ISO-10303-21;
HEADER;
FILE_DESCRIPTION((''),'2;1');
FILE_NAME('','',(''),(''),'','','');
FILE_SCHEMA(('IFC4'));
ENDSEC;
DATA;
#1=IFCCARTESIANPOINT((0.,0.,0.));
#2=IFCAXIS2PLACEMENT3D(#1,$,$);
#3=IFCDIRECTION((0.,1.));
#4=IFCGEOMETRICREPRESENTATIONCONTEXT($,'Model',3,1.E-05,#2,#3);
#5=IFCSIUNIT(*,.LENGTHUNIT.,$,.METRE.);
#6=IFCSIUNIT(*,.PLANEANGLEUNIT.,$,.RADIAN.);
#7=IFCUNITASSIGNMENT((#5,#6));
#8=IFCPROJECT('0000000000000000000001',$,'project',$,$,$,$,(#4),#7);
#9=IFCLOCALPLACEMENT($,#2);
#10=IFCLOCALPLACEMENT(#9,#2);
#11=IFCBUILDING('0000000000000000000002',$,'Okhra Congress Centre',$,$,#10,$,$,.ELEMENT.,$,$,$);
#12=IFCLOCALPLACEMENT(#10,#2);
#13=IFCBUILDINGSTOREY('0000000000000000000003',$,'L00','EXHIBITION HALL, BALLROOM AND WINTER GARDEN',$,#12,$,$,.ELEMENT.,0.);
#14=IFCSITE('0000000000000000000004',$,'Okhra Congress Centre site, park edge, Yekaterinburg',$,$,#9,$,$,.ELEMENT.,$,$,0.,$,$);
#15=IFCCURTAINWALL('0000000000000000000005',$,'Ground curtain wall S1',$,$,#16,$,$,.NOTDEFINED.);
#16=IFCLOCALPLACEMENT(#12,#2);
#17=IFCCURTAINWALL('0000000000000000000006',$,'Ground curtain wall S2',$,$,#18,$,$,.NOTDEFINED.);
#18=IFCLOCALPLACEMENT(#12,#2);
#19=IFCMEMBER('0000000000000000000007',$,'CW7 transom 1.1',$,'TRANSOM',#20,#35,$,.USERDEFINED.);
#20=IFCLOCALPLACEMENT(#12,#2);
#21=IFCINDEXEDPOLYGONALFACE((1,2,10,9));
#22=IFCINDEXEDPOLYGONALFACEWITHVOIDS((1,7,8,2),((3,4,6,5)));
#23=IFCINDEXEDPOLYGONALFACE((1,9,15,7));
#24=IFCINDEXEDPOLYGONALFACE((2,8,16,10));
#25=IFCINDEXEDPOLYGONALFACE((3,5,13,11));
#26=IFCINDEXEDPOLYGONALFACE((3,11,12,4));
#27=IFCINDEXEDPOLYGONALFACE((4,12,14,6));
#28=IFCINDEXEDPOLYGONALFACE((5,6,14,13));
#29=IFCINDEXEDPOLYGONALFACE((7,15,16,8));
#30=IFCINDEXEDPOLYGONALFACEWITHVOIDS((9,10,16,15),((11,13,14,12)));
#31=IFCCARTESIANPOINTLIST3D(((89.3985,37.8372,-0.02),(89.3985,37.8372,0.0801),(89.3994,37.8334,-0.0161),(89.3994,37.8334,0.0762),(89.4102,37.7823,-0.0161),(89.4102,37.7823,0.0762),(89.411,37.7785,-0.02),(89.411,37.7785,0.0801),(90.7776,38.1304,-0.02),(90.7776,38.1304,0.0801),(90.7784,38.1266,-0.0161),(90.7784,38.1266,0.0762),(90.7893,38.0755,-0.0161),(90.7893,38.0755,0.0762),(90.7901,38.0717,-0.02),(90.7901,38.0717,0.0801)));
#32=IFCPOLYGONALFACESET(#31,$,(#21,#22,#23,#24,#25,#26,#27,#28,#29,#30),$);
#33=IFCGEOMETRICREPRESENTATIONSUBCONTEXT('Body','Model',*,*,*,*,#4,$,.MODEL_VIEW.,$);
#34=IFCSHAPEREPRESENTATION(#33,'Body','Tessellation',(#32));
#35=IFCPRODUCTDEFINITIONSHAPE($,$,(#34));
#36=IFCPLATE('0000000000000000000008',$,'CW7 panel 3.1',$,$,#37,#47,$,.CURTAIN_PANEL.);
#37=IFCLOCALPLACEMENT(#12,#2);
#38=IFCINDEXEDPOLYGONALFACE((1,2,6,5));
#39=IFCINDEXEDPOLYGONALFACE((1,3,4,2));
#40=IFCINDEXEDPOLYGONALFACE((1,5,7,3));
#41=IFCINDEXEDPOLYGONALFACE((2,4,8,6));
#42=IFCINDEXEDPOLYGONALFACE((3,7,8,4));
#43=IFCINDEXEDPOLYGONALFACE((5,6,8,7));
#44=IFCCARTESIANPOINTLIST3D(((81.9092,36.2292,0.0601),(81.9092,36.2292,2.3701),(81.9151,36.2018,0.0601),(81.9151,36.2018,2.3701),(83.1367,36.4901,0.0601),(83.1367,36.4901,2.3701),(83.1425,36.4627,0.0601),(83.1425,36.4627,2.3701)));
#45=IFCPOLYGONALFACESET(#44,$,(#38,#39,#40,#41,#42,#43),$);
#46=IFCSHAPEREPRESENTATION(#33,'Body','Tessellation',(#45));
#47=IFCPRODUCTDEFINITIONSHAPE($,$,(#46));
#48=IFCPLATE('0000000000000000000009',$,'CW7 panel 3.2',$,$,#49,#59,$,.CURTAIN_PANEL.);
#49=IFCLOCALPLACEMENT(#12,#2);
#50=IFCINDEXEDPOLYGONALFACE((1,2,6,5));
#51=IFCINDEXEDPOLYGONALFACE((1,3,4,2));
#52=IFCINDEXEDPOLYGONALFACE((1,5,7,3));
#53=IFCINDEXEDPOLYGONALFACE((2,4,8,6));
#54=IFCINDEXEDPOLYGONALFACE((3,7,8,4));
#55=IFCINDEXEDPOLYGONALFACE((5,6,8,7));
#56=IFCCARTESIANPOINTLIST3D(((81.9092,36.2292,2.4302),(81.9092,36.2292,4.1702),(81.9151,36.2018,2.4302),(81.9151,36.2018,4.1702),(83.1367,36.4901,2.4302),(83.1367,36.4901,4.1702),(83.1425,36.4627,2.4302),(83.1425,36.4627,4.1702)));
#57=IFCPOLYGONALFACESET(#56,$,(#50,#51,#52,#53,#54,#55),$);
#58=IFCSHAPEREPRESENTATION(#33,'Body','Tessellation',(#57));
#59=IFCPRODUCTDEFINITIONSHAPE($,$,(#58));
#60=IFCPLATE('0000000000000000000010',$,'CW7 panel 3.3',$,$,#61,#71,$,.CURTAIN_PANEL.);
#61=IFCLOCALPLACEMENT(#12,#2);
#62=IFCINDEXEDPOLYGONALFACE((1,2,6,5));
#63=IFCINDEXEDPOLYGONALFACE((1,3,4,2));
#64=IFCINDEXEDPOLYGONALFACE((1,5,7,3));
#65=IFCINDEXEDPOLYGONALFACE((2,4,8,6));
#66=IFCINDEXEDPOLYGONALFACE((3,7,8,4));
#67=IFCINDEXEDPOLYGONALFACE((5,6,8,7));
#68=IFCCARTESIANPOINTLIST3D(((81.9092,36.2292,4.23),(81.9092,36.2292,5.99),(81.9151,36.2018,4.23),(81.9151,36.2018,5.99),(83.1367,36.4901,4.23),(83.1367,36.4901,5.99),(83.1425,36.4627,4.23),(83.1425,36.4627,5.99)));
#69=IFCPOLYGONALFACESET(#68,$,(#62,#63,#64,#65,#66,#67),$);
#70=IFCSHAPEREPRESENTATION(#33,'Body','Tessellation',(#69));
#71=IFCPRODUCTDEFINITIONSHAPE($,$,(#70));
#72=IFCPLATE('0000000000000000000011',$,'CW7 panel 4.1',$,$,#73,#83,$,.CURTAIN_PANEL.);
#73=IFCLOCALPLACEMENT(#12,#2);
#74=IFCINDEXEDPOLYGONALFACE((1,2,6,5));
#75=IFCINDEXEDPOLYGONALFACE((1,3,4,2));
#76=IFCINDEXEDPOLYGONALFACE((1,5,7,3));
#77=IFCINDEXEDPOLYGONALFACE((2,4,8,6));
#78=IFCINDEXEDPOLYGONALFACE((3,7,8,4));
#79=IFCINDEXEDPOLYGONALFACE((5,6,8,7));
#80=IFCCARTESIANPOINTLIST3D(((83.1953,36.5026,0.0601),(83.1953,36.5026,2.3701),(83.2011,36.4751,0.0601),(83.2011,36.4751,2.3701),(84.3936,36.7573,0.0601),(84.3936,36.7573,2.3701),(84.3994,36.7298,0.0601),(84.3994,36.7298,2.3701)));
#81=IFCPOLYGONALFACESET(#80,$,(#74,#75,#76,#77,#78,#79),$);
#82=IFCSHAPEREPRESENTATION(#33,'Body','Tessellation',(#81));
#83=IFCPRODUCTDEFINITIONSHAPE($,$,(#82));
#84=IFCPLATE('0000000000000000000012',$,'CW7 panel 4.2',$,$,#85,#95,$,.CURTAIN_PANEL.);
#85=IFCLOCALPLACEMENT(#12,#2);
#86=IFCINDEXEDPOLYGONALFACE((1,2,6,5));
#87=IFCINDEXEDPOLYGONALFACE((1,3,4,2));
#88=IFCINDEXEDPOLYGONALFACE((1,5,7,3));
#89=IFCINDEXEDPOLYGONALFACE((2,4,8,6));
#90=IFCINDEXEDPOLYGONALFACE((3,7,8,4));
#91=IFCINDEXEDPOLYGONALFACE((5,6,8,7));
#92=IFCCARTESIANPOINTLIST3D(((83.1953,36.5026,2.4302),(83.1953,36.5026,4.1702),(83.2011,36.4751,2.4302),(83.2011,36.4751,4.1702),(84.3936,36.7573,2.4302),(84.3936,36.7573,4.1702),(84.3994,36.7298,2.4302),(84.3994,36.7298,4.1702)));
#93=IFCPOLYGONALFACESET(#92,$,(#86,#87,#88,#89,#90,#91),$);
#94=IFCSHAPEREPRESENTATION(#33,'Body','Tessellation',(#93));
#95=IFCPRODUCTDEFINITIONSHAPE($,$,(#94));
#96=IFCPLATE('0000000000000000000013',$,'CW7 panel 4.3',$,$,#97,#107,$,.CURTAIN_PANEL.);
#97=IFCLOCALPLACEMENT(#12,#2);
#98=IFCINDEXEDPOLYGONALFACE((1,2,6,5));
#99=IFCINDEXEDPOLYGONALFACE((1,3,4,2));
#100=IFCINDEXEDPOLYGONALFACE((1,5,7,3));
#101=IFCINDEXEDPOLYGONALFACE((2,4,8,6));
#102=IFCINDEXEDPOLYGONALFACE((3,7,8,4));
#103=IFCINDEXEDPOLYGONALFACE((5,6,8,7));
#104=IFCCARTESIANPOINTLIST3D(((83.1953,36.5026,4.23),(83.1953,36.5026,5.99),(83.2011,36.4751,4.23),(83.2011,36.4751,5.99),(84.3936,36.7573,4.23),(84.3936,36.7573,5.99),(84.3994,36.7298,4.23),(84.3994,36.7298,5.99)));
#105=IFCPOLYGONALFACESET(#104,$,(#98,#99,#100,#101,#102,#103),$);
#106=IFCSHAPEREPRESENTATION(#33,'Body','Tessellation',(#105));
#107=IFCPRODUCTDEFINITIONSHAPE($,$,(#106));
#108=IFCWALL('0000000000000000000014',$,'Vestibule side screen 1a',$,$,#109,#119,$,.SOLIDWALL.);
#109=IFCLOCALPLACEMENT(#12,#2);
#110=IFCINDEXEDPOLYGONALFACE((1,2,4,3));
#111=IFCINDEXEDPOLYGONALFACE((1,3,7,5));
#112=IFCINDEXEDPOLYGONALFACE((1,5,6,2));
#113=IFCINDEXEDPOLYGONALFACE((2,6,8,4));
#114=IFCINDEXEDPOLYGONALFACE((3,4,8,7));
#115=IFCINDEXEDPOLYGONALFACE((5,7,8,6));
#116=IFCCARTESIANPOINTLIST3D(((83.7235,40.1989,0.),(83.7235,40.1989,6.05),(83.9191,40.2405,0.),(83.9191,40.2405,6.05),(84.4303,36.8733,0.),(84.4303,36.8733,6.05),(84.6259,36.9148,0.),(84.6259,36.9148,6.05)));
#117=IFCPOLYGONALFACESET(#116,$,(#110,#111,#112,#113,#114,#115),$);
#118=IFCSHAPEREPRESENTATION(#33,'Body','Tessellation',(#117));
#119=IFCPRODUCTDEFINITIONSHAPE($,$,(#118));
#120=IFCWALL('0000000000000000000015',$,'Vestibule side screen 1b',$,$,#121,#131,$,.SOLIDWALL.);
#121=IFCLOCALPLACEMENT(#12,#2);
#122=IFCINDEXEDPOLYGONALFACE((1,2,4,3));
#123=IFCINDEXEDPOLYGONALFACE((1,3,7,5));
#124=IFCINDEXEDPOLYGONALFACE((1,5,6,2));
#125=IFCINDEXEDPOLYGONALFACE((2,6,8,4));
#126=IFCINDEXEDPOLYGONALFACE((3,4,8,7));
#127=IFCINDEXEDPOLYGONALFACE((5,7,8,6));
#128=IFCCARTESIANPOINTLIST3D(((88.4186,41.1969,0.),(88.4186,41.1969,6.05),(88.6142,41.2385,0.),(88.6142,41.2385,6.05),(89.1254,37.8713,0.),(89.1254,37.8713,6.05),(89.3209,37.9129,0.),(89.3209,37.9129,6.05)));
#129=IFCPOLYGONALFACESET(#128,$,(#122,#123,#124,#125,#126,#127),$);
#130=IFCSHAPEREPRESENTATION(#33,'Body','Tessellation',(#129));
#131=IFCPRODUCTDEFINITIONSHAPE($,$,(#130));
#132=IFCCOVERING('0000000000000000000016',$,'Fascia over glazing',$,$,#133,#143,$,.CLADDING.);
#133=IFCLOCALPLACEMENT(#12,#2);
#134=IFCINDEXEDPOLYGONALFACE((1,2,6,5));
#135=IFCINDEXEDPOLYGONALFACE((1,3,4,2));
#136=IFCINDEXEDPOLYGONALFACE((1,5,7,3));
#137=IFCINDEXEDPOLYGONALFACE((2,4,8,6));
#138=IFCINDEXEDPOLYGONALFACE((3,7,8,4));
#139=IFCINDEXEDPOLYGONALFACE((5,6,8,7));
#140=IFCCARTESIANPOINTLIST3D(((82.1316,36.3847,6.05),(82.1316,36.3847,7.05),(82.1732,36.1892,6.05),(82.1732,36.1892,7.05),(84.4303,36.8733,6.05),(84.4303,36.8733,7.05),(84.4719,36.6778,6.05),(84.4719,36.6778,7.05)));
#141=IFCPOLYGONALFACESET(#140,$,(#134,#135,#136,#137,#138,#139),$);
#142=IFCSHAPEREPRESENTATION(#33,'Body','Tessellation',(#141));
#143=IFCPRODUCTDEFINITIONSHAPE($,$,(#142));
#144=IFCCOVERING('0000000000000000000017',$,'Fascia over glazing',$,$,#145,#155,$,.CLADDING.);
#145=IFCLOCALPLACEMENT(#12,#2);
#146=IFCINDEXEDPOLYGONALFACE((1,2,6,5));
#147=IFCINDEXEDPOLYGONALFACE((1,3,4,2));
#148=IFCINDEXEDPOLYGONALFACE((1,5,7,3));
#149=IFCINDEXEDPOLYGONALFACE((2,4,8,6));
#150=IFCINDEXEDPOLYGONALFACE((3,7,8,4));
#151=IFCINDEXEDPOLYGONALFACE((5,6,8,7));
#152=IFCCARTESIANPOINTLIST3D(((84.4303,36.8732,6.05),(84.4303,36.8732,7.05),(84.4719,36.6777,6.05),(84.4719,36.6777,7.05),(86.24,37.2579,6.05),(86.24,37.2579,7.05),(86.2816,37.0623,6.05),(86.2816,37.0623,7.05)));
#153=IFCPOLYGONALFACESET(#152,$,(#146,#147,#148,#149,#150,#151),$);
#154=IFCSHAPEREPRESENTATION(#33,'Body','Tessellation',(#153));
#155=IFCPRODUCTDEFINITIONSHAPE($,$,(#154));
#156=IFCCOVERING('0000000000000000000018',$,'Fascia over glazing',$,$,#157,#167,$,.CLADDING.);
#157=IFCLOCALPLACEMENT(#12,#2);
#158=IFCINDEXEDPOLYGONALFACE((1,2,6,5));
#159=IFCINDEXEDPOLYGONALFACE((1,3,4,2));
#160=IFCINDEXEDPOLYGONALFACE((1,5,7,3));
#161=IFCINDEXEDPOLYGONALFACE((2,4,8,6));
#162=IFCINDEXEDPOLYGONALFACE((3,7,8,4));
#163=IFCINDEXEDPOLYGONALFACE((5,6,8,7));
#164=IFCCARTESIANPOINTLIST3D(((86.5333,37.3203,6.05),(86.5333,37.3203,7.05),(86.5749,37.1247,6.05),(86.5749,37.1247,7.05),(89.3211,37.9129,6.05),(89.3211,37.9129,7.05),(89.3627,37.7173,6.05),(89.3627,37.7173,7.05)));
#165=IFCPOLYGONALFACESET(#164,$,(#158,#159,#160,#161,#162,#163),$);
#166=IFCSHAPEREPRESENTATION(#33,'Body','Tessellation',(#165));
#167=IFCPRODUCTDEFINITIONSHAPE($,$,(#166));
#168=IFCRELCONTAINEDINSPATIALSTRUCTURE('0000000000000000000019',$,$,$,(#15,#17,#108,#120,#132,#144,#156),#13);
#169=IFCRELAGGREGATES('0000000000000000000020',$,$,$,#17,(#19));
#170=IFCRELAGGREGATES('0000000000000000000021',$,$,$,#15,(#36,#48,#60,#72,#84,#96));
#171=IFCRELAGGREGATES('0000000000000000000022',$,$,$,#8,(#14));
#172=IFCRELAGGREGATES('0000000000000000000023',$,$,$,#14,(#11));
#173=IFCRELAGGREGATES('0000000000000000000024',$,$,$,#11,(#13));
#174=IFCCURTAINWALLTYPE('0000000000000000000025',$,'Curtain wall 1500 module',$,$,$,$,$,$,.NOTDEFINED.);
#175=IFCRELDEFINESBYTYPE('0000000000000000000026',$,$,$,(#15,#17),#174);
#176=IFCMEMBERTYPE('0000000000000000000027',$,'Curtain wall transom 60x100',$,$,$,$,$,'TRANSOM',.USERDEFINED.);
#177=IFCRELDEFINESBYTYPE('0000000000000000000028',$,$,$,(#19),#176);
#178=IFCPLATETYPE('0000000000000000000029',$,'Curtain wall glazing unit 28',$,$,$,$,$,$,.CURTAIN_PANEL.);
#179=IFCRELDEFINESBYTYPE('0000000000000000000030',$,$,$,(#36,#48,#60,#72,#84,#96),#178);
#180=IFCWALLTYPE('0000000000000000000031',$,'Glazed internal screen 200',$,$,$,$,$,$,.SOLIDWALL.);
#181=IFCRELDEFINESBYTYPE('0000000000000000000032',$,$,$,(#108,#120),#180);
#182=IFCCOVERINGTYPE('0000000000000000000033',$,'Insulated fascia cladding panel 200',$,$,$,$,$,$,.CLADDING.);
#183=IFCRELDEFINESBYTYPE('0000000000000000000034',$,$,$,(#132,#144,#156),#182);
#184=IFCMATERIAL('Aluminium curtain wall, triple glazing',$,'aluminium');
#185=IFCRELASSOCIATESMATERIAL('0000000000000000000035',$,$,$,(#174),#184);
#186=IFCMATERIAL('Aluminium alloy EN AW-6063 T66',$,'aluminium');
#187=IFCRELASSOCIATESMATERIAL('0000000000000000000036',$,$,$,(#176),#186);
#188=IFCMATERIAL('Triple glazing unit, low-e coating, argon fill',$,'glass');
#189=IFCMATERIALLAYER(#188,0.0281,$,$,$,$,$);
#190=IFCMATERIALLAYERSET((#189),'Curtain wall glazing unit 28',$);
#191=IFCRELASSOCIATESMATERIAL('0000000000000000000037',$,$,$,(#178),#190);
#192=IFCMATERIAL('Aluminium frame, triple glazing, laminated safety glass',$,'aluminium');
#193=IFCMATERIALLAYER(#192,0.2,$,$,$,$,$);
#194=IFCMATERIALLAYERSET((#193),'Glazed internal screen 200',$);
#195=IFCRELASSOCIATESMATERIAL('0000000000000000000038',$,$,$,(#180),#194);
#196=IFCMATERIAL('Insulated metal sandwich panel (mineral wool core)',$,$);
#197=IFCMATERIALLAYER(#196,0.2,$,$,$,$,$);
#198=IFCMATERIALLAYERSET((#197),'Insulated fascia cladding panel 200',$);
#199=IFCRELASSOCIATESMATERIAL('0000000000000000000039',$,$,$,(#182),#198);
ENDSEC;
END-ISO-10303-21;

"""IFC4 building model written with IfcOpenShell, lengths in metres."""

from ifc_helpers import new_model, si_unit, direction, frame, frame_2d, origin, origin_2d, place, context, subcontext, project, spatial, rectangle, hollow_rectangle, extrude, material, layer, layer_set, material_profile, profile_set, type_object, element, aggregate, save


model = new_model("IFC4")

# Units and contexts
model_context = context("Model", 3, precision=1e-05, world=origin(), true_north=direction((0.0, 1.0)))
body_context = subcontext(model_context, "Body", "Model", "MODEL_VIEW")
ifc_project = project(units=[si_unit("LENGTHUNIT", "METRE"), si_unit("PLANEANGLEUNIT", "RADIAN")], contexts=[model_context])

# Site, building, storey
site_placement = place(None, origin())
site = spatial("IfcSite", under=ifc_project, at=site_placement, Name="Okhra Congress Centre site, park edge, Yekaterinburg", CompositionType="ELEMENT", RefElevation=0.0)
building_placement = place(site_placement, origin())
building = spatial("IfcBuilding", under=site, at=building_placement, Name="Okhra Congress Centre", CompositionType="ELEMENT")
storey_placement = place(building_placement, origin())
storey = spatial("IfcBuildingStorey", under=building, at=storey_placement, Name="L00", Description="EXHIBITION HALL, BALLROOM AND WINTER GARDEN", CompositionType="ELEMENT", Elevation=0.0)

# Curtain wall
ifc_material_1 = material(Name="Aluminium curtain wall, triple glazing", Category="aluminium")
curtain_wall_type = type_object("IfcCurtainWallType", Name="Curtain wall 1500 module", PredefinedType="NOTDEFINED", material=ifc_material_1)
curtain_wall_1_placement = place(storey_placement, origin())
curtain_wall_1 = element("IfcCurtainWall", 1, at=curtain_wall_1_placement, inside=storey, type_object=curtain_wall_type, Name="Ground curtain wall S1", PredefinedType="NOTDEFINED")
ifc_material_2 = material(Name="Aluminium alloy EN AW-6063 T66", Category="aluminium")

# Curtain wall
curtain_wall_2_placement = place(storey_placement, origin())
curtain_wall_2 = element("IfcCurtainWall", 2, at=curtain_wall_2_placement, inside=storey, type_object=curtain_wall_type, Name="Ground curtain wall S2", PredefinedType="NOTDEFINED")

# Member
ifc_material_profile_1 = material_profile(ifc_material_2, hollow_rectangle(XDim=0.0601, YDim=0.1001, WallThickness=0.0039, at=origin_2d()), Name="RHS 60x100x4")
ifc_profile_set_1 = profile_set([ifc_material_profile_1], Name="Aluminium alloy EN AW-6063 T66")
member_type_1 = type_object("IfcMemberType", Name="Curtain wall transom 60x100", ElementType="TRANSOM", PredefinedType="USERDEFINED", material=ifc_profile_set_1)
member_1_placement = place(storey_placement, frame((89.4048, 37.8079, 0.03), z_axis=(0.978138, 0.207956, 0.0), x_axis=(-0.207956, 0.978138, 0.0)))
member_1 = element("IfcMember", 3, at=member_1_placement, type_object=member_type_1, Name="CW7 transom 1.1", ObjectType="TRANSOM", PredefinedType="USERDEFINED", context=body_context, shape_type="SweptSolid", body=[
    extrude(hollow_rectangle(XDim=0.0601, YDim=0.1001, WallThickness=0.0039, at=origin_2d()), origin(), (0.0, 0.0, 1.0), 1.4099),
])
aggregate(curtain_wall_2, [member_1])

# Plates
ifc_material_3 = material(Name="Triple glazing unit, low-e coating, argon fill", Category="glass")
ifc_layer_1 = layer(ifc_material_3, 0.0281)
ifc_layer_set_1 = layer_set([ifc_layer_1], Name="Curtain wall glazing unit 28")
plate_type = type_object("IfcPlateType", Name="Curtain wall glazing unit 28", PredefinedType="CURTAIN_PANEL", material=ifc_layer_set_1)
plate_1_placement = place(storey_placement, frame((82.5259, 36.3459, 0.0601), z_axis=(0.0, 0.0, 1.0), x_axis=(0.978148, 0.207912, 0.0)))
plate_1 = element("IfcPlate", 4, at=plate_1_placement, type_object=plate_type, Name="CW7 panel 3.1", PredefinedType="CURTAIN_PANEL", context=body_context, shape_type="SweptSolid", body=[
    extrude(rectangle(XDim=1.2549, YDim=0.0281, at=origin_2d()), origin(), (0.0, 0.0, 1.0), 2.3101),
])
plate_2_placement = place(storey_placement, frame((82.5259, 36.3459, 2.4302), z_axis=(0.0, 0.0, 1.0), x_axis=(0.978148, 0.207912, 0.0)))
plate_2 = element("IfcPlate", 5, at=plate_2_placement, type_object=plate_type, Name="CW7 panel 3.2", PredefinedType="CURTAIN_PANEL", context=body_context, shape_type="SweptSolid", body=[
    extrude(rectangle(XDim=1.2549, YDim=0.0281, at=origin_2d()), origin(), (0.0, 0.0, 1.0), 1.74),
])
plate_3_placement = place(storey_placement, frame((82.5259, 36.3459, 4.23), z_axis=(0.0, 0.0, 1.0), x_axis=(0.978148, 0.207912, 0.0)))
plate_3 = element("IfcPlate", 6, at=plate_3_placement, type_object=plate_type, Name="CW7 panel 3.3", PredefinedType="CURTAIN_PANEL", context=body_context, shape_type="SweptSolid", body=[
    extrude(rectangle(XDim=1.2549, YDim=0.0281, at=origin_2d()), origin(), (0.0, 0.0, 1.0), 1.76),
])
plate_4_placement = place(storey_placement, frame((83.7974, 36.6162, 0.0601), z_axis=(0.0, 0.0, 1.0), x_axis=(0.978148, 0.207912, 0.0)))
plate_4 = element("IfcPlate", 7, at=plate_4_placement, type_object=plate_type, Name="CW7 panel 4.1", PredefinedType="CURTAIN_PANEL", context=body_context, shape_type="SweptSolid", body=[
    extrude(rectangle(XDim=1.2251, YDim=0.0281, at=origin_2d()), origin(), (0.0, 0.0, 1.0), 2.3101),
])
plate_5_placement = place(storey_placement, frame((83.7974, 36.6162, 2.4302), z_axis=(0.0, 0.0, 1.0), x_axis=(0.978148, 0.207912, 0.0)))
plate_5 = element("IfcPlate", 8, at=plate_5_placement, type_object=plate_type, Name="CW7 panel 4.2", PredefinedType="CURTAIN_PANEL", context=body_context, shape_type="SweptSolid", body=[
    extrude(rectangle(XDim=1.2251, YDim=0.0281, at=origin_2d()), origin(), (0.0, 0.0, 1.0), 1.74),
])
plate_6_placement = place(storey_placement, frame((83.7974, 36.6162, 4.23), z_axis=(0.0, 0.0, 1.0), x_axis=(0.978148, 0.207912, 0.0)))
plate_6 = element("IfcPlate", 9, at=plate_6_placement, type_object=plate_type, Name="CW7 panel 4.3", PredefinedType="CURTAIN_PANEL", context=body_context, shape_type="SweptSolid", body=[
    extrude(rectangle(XDim=1.2251, YDim=0.0281, at=origin_2d()), origin(), (0.0, 0.0, 1.0), 1.76),
])
aggregate(curtain_wall_1, [plate_1, plate_2, plate_3, plate_4, plate_5, plate_6])

# Shared definitions
ifc_material_4 = material(Name="Aluminium frame, triple glazing, laminated safety glass", Category="aluminium")

# Walls
ifc_layer_2 = layer(ifc_material_4, 0.2)
ifc_layer_set_2 = layer_set([ifc_layer_2], Name="Glazed internal screen 200")
wall_type_1 = type_object("IfcWallType", Name="Glazed internal screen 200", PredefinedType="SOLIDWALL", material=ifc_layer_set_2)
for number, where, z_axis, x_axis, name in (
    (10, (84.5281, 36.894, 0.0), (0.0, 0.0, 1.0), (-0.207881, 0.978154, 0.0), "Vestibule side screen 1a"),
    (11, (89.2231, 37.8921, 0.0), (0.0, 0.0, 1.0), (-0.207881, 0.978154, 0.0), "Vestibule side screen 1b"),
):
    element("IfcWall", number, at=place(storey_placement, frame(where, z_axis=z_axis, x_axis=x_axis)), inside=storey, type_object=wall_type_1, Name=name, PredefinedType="SOLIDWALL", context=body_context, shape_type="SweptSolid", body=[
        extrude(rectangle(XDim=3.3999, YDim=0.2, at=frame_2d((1.7, 0.0))), origin(), (0.0, 0.0, 1.0), 6.05),
    ])

# Coverings
ifc_material_5 = material(Name="Insulated metal sandwich panel (mineral wool core)")
ifc_layer_3 = layer(ifc_material_5, 0.2)
ifc_layer_set_3 = layer_set([ifc_layer_3], Name="Insulated fascia cladding panel 200")
covering_type = type_object("IfcCoveringType", Name="Insulated fascia cladding panel 200", PredefinedType="CLADDING", material=ifc_layer_set_3)
covering_1_placement = place(storey_placement, frame((83.3018, 36.5312, 6.05), z_axis=(0.0, 0.0, 1.0), x_axis=(0.978148, 0.207912, 0.0)))
element("IfcCovering", 12, at=covering_1_placement, inside=storey, type_object=covering_type, Name="Fascia over glazing", PredefinedType="CLADDING", context=body_context, shape_type="SweptSolid", body=[
    extrude(rectangle(XDim=2.3501, YDim=0.2, at=origin_2d()), origin(), (0.0, 0.0, 1.0), 1.0),
])
covering_2_placement = place(storey_placement, frame((85.356, 36.9678, 6.05), z_axis=(0.0, 0.0, 1.0), x_axis=(0.978148, 0.207912, 0.0)))
element("IfcCovering", 13, at=covering_2_placement, inside=storey, type_object=covering_type, Name="Fascia over glazing", PredefinedType="CLADDING", context=body_context, shape_type="SweptSolid", body=[
    extrude(rectangle(XDim=1.8501, YDim=0.2, at=origin_2d()), origin(), (0.0, 0.0, 1.0), 1.0),
])
covering_3_placement = place(storey_placement, frame((87.948, 37.5188, 6.05), z_axis=(0.0, 0.0, 1.0), x_axis=(0.978148, 0.207912, 0.0)))
element("IfcCovering", 14, at=covering_3_placement, inside=storey, type_object=covering_type, Name="Fascia over glazing", PredefinedType="CLADDING", context=body_context, shape_type="SweptSolid", body=[
    extrude(rectangle(XDim=2.8501, YDim=0.2, at=origin_2d()), origin(), (0.0, 0.0, 1.0), 1.0),
])

save(model, "model.ifc")
